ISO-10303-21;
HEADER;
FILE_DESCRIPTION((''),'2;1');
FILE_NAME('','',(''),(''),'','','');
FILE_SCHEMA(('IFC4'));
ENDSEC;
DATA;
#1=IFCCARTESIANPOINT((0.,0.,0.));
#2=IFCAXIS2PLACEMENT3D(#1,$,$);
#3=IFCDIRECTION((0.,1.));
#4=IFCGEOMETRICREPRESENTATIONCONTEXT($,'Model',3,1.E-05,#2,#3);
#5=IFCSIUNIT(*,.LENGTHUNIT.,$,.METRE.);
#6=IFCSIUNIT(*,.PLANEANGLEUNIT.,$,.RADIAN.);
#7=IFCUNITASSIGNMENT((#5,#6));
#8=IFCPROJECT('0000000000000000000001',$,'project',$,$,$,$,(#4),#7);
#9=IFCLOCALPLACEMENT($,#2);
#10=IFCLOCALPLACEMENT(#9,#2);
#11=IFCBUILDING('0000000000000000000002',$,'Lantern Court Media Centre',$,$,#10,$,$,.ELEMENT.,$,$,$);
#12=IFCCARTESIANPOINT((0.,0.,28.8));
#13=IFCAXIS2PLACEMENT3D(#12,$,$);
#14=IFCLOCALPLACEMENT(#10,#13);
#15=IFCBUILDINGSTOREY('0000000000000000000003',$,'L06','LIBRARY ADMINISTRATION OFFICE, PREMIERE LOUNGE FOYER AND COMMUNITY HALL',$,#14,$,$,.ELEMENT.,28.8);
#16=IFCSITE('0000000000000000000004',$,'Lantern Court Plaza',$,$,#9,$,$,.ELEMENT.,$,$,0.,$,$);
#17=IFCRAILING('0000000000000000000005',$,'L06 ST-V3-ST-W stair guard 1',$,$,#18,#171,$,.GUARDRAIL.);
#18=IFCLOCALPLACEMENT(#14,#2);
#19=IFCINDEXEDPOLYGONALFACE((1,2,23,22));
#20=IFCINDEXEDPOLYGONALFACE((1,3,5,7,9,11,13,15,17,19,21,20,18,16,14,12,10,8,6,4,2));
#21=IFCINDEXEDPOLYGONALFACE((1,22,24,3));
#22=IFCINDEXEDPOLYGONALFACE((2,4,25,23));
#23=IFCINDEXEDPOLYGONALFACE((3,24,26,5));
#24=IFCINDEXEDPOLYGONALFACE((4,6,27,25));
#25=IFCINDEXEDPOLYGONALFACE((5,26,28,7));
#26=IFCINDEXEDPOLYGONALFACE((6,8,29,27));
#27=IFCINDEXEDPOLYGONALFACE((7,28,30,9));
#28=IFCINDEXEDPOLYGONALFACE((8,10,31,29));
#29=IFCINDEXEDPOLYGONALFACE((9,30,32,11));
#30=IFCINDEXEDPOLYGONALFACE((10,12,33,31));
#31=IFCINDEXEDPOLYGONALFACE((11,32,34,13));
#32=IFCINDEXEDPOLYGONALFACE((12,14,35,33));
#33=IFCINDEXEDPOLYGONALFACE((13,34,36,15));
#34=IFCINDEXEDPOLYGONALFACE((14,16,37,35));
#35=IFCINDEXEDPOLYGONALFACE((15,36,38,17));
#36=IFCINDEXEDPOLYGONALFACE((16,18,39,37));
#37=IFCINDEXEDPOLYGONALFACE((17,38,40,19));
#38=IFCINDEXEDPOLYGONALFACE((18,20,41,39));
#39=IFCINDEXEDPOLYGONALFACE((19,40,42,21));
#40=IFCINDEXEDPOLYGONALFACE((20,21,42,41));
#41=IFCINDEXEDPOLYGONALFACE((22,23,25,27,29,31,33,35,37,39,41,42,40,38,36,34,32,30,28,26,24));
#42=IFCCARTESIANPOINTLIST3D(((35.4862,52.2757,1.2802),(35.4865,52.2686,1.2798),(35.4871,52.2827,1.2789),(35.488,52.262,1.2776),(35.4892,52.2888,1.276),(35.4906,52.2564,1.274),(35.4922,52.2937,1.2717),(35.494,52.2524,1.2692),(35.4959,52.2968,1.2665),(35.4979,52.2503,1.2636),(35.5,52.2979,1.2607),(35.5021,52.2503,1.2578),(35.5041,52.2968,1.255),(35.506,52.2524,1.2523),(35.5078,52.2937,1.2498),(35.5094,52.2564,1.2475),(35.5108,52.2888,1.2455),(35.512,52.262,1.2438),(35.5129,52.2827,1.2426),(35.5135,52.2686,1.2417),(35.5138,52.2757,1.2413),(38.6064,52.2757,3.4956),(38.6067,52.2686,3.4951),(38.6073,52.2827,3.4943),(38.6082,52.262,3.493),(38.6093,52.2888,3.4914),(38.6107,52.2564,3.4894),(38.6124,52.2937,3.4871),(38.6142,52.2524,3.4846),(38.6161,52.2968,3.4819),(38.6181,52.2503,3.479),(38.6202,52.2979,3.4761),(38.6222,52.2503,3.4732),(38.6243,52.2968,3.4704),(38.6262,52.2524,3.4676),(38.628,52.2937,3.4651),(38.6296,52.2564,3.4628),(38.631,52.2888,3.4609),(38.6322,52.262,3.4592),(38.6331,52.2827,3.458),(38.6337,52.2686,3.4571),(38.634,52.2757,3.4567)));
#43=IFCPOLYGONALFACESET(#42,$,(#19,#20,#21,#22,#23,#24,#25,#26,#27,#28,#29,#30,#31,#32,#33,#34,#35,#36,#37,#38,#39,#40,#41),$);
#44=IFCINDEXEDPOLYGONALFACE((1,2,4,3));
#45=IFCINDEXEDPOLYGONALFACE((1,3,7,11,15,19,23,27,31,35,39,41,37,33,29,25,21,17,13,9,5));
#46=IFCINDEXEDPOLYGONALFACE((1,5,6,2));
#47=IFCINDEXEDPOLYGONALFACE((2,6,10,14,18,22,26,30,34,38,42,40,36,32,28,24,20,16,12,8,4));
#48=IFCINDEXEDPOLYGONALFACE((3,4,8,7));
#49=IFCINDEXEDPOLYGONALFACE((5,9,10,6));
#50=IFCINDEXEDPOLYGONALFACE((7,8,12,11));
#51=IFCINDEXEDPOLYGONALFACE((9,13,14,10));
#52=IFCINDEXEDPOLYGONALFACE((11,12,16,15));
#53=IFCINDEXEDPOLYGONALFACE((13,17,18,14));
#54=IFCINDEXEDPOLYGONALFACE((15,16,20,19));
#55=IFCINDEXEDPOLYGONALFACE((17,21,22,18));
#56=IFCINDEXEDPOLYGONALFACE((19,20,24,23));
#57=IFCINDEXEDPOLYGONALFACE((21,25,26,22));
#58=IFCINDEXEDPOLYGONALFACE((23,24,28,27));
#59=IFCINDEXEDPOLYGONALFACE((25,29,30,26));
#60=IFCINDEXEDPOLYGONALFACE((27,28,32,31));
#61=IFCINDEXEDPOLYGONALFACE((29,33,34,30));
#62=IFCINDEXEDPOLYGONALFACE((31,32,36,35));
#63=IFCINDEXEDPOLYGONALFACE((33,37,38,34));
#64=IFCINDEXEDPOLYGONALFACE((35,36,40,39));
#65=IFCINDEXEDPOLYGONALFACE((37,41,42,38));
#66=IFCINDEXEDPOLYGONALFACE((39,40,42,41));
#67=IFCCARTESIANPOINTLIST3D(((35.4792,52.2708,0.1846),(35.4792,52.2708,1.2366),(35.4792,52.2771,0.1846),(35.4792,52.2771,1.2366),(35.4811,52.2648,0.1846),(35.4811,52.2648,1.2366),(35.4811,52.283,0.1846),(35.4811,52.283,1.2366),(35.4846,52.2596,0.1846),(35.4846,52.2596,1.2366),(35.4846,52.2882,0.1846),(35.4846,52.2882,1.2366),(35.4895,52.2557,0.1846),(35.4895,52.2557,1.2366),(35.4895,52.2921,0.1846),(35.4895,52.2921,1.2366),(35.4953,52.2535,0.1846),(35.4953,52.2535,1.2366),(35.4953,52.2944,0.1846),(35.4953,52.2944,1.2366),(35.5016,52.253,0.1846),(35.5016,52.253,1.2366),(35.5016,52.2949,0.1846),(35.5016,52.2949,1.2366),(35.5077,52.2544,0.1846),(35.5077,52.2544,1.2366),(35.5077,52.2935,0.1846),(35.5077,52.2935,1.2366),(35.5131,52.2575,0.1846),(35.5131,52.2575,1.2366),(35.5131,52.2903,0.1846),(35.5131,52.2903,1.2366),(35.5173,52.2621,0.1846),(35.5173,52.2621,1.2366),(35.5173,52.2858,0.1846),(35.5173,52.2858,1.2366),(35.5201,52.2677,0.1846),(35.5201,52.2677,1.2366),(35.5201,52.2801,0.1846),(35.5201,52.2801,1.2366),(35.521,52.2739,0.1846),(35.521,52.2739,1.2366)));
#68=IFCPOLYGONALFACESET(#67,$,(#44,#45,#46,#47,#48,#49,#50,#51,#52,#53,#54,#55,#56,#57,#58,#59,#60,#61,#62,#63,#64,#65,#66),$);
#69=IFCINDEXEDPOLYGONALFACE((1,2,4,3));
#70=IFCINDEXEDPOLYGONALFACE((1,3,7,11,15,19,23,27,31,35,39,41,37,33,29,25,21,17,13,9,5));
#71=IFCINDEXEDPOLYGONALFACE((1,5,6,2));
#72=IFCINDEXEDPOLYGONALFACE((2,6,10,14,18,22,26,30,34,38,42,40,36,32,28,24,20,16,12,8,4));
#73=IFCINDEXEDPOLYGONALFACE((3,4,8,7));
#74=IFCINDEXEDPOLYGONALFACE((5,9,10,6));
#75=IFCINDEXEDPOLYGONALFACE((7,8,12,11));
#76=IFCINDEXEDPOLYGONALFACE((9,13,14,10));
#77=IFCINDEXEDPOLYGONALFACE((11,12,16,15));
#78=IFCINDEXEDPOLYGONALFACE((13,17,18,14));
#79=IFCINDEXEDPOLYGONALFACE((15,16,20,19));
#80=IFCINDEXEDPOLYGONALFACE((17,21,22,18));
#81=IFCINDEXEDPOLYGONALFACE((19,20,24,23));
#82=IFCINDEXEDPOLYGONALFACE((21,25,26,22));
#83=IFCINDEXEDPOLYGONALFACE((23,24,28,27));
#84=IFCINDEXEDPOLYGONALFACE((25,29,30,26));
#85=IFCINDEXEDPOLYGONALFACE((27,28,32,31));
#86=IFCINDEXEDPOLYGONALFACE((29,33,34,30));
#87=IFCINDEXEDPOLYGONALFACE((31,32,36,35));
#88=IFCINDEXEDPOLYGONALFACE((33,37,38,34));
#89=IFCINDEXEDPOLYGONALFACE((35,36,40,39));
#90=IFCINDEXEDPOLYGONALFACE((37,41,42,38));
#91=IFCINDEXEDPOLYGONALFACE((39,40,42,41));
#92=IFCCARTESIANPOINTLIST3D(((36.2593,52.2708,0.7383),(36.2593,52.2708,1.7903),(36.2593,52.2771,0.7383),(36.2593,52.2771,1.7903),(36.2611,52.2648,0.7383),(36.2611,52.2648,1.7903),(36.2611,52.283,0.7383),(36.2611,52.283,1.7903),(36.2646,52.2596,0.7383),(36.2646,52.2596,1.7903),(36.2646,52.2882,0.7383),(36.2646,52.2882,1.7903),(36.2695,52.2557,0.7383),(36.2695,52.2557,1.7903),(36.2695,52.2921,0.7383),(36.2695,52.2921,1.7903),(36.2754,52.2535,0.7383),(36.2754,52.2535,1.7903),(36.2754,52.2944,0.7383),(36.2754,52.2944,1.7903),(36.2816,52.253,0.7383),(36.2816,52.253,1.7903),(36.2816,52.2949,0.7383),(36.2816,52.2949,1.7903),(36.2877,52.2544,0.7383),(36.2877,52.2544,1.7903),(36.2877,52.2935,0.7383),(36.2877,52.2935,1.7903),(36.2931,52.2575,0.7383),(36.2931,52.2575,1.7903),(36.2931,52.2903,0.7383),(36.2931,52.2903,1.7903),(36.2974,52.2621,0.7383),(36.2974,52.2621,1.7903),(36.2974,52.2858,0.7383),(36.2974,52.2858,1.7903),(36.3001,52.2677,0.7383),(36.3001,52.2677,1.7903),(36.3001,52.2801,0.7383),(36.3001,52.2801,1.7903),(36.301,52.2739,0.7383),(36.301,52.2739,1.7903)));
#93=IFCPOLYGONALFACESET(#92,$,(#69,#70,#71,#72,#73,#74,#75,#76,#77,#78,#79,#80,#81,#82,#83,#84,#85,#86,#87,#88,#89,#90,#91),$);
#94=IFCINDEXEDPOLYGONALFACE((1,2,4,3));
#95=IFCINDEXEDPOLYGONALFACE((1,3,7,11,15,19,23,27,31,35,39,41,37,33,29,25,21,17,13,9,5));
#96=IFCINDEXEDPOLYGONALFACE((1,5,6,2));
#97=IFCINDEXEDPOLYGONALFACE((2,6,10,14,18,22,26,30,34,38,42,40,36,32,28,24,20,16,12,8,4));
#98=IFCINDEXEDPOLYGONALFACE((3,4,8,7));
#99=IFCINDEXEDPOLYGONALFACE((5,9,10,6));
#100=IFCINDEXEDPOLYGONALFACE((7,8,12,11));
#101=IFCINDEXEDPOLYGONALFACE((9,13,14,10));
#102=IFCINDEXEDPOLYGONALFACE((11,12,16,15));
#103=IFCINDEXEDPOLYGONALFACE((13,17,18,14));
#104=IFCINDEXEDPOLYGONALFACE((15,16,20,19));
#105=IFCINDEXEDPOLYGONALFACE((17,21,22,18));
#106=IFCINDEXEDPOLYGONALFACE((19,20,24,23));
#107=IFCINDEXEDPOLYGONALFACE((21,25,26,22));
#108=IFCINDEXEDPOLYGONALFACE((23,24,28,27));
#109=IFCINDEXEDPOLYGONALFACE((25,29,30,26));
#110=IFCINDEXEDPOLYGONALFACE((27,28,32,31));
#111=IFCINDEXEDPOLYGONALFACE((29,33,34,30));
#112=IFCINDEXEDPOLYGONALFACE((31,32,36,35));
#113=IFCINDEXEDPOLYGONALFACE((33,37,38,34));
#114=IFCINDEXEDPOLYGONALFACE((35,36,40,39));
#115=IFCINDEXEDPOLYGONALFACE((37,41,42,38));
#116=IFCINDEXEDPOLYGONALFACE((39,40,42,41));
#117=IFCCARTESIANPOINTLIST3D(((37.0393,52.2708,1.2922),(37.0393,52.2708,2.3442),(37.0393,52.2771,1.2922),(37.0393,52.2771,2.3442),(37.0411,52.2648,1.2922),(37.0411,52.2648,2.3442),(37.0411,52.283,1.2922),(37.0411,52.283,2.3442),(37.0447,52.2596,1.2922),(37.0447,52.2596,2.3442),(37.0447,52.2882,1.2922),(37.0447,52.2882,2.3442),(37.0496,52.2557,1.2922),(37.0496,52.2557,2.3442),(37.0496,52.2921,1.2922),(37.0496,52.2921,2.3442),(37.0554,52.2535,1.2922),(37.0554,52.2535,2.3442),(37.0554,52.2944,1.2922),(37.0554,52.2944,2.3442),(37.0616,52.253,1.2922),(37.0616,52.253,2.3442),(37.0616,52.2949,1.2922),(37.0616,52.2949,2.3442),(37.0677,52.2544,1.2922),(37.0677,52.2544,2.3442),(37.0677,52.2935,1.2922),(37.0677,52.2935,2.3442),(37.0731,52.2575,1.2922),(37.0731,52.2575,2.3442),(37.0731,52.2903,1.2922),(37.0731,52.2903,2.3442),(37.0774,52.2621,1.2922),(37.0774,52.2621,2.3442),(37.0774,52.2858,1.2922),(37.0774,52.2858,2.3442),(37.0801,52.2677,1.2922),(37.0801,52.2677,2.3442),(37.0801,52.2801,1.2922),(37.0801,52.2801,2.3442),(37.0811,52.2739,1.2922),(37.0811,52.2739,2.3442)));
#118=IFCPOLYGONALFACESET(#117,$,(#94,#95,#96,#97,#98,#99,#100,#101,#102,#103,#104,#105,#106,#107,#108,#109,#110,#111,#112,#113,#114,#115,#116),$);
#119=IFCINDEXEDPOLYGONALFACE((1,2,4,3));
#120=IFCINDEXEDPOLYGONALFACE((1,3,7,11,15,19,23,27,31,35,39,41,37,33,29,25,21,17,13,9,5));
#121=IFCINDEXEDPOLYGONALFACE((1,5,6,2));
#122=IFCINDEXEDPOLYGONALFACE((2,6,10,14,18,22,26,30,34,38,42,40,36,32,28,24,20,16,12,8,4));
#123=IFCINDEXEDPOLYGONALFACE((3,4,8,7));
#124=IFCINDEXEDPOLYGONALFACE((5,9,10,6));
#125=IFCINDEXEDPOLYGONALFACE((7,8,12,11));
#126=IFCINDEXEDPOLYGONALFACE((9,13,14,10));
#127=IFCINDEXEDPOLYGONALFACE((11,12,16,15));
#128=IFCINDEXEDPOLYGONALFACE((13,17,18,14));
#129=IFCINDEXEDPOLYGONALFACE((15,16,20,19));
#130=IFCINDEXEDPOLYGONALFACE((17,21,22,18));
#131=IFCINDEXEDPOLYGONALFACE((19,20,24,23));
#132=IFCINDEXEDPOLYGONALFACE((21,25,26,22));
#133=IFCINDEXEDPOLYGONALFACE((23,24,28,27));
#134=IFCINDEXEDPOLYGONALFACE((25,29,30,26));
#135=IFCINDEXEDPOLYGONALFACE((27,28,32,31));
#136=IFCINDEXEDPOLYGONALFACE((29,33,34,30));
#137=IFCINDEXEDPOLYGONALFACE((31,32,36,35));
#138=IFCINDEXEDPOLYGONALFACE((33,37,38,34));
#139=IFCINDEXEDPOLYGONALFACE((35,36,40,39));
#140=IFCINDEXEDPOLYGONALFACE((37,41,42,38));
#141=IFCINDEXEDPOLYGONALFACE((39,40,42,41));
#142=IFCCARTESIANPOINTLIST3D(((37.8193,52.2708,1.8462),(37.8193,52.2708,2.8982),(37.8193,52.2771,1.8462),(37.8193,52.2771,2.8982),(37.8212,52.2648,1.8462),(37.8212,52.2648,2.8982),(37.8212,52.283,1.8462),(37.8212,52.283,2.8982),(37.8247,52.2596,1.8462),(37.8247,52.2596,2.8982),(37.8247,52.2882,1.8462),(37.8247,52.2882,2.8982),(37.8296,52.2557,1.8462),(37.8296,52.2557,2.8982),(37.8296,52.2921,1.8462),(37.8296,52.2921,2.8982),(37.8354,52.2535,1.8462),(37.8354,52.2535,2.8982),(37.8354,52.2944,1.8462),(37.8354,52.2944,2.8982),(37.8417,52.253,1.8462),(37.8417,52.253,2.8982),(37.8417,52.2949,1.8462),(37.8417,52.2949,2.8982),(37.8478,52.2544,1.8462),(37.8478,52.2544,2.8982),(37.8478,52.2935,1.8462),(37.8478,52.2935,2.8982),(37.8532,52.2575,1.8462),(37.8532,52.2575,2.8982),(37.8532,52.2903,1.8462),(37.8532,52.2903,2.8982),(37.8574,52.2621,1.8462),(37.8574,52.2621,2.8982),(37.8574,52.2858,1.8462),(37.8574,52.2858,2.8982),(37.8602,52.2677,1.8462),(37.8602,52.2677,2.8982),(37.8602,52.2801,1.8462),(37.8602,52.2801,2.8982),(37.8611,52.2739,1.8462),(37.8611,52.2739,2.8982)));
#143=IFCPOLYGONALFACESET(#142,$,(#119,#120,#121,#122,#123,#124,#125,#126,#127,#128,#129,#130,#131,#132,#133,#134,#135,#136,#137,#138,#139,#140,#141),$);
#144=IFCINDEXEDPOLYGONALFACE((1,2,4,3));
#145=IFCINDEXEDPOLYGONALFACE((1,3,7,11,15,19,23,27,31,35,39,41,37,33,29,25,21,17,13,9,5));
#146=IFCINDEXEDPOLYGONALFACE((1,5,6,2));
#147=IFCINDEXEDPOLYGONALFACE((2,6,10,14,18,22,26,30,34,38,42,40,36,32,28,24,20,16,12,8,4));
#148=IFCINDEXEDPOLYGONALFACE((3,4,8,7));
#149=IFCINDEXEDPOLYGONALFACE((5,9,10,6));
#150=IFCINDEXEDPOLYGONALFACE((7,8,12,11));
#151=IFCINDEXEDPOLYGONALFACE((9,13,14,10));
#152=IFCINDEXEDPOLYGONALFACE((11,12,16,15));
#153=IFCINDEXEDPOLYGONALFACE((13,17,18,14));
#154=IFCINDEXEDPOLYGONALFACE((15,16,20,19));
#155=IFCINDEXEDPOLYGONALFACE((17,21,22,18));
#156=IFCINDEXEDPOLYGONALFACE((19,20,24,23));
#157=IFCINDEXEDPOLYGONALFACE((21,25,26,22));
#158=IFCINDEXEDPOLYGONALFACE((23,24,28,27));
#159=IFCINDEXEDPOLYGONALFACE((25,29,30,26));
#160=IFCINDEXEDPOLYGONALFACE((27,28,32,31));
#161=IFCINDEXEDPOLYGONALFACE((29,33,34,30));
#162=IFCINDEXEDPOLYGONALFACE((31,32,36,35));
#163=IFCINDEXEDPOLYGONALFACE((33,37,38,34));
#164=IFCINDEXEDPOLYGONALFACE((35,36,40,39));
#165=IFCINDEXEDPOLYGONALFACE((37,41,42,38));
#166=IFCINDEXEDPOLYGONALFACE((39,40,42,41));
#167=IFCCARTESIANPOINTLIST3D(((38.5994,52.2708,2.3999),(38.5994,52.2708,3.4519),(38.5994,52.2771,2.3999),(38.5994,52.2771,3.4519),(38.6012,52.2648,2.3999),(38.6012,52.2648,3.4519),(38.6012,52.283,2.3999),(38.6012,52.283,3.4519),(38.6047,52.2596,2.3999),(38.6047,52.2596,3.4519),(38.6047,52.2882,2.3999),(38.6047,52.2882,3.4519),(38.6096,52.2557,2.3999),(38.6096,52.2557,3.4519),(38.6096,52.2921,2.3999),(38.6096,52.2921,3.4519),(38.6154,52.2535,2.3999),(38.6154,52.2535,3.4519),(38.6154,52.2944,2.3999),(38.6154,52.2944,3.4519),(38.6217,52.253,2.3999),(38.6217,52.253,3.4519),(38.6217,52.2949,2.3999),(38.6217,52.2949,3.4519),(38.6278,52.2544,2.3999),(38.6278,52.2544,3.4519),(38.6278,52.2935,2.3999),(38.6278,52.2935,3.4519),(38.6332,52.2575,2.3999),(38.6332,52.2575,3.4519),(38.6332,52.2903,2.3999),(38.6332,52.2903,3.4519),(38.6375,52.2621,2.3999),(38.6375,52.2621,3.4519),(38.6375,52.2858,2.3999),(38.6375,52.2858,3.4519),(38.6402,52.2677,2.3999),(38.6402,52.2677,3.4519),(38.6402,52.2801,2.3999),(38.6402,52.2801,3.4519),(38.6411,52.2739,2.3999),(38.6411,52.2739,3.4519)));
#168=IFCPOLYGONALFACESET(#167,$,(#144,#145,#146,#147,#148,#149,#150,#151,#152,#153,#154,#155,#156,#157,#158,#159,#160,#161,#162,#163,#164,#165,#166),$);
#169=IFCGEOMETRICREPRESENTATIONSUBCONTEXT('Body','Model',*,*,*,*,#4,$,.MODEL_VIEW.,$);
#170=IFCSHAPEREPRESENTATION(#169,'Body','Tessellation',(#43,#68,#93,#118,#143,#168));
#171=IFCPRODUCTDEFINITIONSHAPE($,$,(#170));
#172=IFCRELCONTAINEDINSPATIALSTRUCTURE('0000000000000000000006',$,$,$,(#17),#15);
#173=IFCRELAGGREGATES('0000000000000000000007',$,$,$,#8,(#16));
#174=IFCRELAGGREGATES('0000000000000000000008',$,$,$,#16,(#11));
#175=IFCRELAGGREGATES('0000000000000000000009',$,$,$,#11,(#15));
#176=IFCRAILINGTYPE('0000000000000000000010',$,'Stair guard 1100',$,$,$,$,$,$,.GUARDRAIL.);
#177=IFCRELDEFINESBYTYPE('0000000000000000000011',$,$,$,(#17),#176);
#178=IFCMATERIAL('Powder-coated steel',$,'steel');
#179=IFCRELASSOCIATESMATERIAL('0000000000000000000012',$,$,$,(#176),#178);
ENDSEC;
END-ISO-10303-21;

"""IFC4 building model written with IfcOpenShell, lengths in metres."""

from ifc_helpers import new_model, si_unit, direction, frame, origin, origin_2d, place, context, subcontext, project, spatial, circle, extrude, material, type_object, element, save


model = new_model("IFC4")

# Units and contexts
model_context = context("Model", 3, precision=1e-05, world=origin(), true_north=direction((0.0, 1.0)))
body_context = subcontext(model_context, "Body", "Model", "MODEL_VIEW")
ifc_project = project(units=[si_unit("LENGTHUNIT", "METRE"), si_unit("PLANEANGLEUNIT", "RADIAN")], contexts=[model_context])

# Site, building, storey
site_placement = place(None, origin())
site = spatial("IfcSite", under=ifc_project, at=site_placement, Name="Lantern Court Plaza", CompositionType="ELEMENT", RefElevation=0.0)
building_placement = place(site_placement, origin())
building = spatial("IfcBuilding", under=site, at=building_placement, Name="Lantern Court Media Centre", CompositionType="ELEMENT")
storey_placement = place(building_placement, frame((0.0, 0.0, 28.8)))
storey = spatial("IfcBuildingStorey", under=building, at=storey_placement, Name="L06", Description="LIBRARY ADMINISTRATION OFFICE, PREMIERE LOUNGE FOYER AND COMMUNITY HALL", CompositionType="ELEMENT", Elevation=28.8)

# Railing
ifc_material_1 = material(Name="Powder-coated steel", Category="steel")
railing_type_1 = type_object("IfcRailingType", Name="Stair guard 1100", PredefinedType="GUARDRAIL", material=ifc_material_1)
railing_1_placement = place(storey_placement, frame((35.5, 52.2739, 0.1846)))
element("IfcRailing", 1, at=railing_1_placement, inside=storey, type_object=railing_type_1, Name="L06 ST-V3-ST-W stair guard 1", PredefinedType="GUARDRAIL", context=body_context, shape_type="SweptSolid", body=[
    extrude(circle(Radius=0.0239, at=origin_2d()), frame((0.0, 0.0, 1.0762), z_axis=(0.815377, 0.0, 0.57893), x_axis=(0.0, 1.0, 0.0)), (0.0, 0.0, 1.0), 3.8267),
    extrude(circle(Radius=0.021, at=origin_2d()), origin(), (0.0, 0.0, 1.0), 1.052),
    extrude(circle(Radius=0.021, at=origin_2d()), frame((0.78, 0.0, 0.5537)), (0.0, 0.0, 1.0), 1.052),
    extrude(circle(Radius=0.021, at=origin_2d()), frame((1.5601, 0.0, 1.1077)), (0.0, 0.0, 1.0), 1.052),
    extrude(circle(Radius=0.021, at=origin_2d()), frame((2.3401, 0.0, 1.6616)), (0.0, 0.0, 1.0), 1.052),
    extrude(circle(Radius=0.021, at=origin_2d()), frame((3.1201, 0.0, 2.2153)), (0.0, 0.0, 1.0), 1.052),
])

save(model, "model.ifc")
